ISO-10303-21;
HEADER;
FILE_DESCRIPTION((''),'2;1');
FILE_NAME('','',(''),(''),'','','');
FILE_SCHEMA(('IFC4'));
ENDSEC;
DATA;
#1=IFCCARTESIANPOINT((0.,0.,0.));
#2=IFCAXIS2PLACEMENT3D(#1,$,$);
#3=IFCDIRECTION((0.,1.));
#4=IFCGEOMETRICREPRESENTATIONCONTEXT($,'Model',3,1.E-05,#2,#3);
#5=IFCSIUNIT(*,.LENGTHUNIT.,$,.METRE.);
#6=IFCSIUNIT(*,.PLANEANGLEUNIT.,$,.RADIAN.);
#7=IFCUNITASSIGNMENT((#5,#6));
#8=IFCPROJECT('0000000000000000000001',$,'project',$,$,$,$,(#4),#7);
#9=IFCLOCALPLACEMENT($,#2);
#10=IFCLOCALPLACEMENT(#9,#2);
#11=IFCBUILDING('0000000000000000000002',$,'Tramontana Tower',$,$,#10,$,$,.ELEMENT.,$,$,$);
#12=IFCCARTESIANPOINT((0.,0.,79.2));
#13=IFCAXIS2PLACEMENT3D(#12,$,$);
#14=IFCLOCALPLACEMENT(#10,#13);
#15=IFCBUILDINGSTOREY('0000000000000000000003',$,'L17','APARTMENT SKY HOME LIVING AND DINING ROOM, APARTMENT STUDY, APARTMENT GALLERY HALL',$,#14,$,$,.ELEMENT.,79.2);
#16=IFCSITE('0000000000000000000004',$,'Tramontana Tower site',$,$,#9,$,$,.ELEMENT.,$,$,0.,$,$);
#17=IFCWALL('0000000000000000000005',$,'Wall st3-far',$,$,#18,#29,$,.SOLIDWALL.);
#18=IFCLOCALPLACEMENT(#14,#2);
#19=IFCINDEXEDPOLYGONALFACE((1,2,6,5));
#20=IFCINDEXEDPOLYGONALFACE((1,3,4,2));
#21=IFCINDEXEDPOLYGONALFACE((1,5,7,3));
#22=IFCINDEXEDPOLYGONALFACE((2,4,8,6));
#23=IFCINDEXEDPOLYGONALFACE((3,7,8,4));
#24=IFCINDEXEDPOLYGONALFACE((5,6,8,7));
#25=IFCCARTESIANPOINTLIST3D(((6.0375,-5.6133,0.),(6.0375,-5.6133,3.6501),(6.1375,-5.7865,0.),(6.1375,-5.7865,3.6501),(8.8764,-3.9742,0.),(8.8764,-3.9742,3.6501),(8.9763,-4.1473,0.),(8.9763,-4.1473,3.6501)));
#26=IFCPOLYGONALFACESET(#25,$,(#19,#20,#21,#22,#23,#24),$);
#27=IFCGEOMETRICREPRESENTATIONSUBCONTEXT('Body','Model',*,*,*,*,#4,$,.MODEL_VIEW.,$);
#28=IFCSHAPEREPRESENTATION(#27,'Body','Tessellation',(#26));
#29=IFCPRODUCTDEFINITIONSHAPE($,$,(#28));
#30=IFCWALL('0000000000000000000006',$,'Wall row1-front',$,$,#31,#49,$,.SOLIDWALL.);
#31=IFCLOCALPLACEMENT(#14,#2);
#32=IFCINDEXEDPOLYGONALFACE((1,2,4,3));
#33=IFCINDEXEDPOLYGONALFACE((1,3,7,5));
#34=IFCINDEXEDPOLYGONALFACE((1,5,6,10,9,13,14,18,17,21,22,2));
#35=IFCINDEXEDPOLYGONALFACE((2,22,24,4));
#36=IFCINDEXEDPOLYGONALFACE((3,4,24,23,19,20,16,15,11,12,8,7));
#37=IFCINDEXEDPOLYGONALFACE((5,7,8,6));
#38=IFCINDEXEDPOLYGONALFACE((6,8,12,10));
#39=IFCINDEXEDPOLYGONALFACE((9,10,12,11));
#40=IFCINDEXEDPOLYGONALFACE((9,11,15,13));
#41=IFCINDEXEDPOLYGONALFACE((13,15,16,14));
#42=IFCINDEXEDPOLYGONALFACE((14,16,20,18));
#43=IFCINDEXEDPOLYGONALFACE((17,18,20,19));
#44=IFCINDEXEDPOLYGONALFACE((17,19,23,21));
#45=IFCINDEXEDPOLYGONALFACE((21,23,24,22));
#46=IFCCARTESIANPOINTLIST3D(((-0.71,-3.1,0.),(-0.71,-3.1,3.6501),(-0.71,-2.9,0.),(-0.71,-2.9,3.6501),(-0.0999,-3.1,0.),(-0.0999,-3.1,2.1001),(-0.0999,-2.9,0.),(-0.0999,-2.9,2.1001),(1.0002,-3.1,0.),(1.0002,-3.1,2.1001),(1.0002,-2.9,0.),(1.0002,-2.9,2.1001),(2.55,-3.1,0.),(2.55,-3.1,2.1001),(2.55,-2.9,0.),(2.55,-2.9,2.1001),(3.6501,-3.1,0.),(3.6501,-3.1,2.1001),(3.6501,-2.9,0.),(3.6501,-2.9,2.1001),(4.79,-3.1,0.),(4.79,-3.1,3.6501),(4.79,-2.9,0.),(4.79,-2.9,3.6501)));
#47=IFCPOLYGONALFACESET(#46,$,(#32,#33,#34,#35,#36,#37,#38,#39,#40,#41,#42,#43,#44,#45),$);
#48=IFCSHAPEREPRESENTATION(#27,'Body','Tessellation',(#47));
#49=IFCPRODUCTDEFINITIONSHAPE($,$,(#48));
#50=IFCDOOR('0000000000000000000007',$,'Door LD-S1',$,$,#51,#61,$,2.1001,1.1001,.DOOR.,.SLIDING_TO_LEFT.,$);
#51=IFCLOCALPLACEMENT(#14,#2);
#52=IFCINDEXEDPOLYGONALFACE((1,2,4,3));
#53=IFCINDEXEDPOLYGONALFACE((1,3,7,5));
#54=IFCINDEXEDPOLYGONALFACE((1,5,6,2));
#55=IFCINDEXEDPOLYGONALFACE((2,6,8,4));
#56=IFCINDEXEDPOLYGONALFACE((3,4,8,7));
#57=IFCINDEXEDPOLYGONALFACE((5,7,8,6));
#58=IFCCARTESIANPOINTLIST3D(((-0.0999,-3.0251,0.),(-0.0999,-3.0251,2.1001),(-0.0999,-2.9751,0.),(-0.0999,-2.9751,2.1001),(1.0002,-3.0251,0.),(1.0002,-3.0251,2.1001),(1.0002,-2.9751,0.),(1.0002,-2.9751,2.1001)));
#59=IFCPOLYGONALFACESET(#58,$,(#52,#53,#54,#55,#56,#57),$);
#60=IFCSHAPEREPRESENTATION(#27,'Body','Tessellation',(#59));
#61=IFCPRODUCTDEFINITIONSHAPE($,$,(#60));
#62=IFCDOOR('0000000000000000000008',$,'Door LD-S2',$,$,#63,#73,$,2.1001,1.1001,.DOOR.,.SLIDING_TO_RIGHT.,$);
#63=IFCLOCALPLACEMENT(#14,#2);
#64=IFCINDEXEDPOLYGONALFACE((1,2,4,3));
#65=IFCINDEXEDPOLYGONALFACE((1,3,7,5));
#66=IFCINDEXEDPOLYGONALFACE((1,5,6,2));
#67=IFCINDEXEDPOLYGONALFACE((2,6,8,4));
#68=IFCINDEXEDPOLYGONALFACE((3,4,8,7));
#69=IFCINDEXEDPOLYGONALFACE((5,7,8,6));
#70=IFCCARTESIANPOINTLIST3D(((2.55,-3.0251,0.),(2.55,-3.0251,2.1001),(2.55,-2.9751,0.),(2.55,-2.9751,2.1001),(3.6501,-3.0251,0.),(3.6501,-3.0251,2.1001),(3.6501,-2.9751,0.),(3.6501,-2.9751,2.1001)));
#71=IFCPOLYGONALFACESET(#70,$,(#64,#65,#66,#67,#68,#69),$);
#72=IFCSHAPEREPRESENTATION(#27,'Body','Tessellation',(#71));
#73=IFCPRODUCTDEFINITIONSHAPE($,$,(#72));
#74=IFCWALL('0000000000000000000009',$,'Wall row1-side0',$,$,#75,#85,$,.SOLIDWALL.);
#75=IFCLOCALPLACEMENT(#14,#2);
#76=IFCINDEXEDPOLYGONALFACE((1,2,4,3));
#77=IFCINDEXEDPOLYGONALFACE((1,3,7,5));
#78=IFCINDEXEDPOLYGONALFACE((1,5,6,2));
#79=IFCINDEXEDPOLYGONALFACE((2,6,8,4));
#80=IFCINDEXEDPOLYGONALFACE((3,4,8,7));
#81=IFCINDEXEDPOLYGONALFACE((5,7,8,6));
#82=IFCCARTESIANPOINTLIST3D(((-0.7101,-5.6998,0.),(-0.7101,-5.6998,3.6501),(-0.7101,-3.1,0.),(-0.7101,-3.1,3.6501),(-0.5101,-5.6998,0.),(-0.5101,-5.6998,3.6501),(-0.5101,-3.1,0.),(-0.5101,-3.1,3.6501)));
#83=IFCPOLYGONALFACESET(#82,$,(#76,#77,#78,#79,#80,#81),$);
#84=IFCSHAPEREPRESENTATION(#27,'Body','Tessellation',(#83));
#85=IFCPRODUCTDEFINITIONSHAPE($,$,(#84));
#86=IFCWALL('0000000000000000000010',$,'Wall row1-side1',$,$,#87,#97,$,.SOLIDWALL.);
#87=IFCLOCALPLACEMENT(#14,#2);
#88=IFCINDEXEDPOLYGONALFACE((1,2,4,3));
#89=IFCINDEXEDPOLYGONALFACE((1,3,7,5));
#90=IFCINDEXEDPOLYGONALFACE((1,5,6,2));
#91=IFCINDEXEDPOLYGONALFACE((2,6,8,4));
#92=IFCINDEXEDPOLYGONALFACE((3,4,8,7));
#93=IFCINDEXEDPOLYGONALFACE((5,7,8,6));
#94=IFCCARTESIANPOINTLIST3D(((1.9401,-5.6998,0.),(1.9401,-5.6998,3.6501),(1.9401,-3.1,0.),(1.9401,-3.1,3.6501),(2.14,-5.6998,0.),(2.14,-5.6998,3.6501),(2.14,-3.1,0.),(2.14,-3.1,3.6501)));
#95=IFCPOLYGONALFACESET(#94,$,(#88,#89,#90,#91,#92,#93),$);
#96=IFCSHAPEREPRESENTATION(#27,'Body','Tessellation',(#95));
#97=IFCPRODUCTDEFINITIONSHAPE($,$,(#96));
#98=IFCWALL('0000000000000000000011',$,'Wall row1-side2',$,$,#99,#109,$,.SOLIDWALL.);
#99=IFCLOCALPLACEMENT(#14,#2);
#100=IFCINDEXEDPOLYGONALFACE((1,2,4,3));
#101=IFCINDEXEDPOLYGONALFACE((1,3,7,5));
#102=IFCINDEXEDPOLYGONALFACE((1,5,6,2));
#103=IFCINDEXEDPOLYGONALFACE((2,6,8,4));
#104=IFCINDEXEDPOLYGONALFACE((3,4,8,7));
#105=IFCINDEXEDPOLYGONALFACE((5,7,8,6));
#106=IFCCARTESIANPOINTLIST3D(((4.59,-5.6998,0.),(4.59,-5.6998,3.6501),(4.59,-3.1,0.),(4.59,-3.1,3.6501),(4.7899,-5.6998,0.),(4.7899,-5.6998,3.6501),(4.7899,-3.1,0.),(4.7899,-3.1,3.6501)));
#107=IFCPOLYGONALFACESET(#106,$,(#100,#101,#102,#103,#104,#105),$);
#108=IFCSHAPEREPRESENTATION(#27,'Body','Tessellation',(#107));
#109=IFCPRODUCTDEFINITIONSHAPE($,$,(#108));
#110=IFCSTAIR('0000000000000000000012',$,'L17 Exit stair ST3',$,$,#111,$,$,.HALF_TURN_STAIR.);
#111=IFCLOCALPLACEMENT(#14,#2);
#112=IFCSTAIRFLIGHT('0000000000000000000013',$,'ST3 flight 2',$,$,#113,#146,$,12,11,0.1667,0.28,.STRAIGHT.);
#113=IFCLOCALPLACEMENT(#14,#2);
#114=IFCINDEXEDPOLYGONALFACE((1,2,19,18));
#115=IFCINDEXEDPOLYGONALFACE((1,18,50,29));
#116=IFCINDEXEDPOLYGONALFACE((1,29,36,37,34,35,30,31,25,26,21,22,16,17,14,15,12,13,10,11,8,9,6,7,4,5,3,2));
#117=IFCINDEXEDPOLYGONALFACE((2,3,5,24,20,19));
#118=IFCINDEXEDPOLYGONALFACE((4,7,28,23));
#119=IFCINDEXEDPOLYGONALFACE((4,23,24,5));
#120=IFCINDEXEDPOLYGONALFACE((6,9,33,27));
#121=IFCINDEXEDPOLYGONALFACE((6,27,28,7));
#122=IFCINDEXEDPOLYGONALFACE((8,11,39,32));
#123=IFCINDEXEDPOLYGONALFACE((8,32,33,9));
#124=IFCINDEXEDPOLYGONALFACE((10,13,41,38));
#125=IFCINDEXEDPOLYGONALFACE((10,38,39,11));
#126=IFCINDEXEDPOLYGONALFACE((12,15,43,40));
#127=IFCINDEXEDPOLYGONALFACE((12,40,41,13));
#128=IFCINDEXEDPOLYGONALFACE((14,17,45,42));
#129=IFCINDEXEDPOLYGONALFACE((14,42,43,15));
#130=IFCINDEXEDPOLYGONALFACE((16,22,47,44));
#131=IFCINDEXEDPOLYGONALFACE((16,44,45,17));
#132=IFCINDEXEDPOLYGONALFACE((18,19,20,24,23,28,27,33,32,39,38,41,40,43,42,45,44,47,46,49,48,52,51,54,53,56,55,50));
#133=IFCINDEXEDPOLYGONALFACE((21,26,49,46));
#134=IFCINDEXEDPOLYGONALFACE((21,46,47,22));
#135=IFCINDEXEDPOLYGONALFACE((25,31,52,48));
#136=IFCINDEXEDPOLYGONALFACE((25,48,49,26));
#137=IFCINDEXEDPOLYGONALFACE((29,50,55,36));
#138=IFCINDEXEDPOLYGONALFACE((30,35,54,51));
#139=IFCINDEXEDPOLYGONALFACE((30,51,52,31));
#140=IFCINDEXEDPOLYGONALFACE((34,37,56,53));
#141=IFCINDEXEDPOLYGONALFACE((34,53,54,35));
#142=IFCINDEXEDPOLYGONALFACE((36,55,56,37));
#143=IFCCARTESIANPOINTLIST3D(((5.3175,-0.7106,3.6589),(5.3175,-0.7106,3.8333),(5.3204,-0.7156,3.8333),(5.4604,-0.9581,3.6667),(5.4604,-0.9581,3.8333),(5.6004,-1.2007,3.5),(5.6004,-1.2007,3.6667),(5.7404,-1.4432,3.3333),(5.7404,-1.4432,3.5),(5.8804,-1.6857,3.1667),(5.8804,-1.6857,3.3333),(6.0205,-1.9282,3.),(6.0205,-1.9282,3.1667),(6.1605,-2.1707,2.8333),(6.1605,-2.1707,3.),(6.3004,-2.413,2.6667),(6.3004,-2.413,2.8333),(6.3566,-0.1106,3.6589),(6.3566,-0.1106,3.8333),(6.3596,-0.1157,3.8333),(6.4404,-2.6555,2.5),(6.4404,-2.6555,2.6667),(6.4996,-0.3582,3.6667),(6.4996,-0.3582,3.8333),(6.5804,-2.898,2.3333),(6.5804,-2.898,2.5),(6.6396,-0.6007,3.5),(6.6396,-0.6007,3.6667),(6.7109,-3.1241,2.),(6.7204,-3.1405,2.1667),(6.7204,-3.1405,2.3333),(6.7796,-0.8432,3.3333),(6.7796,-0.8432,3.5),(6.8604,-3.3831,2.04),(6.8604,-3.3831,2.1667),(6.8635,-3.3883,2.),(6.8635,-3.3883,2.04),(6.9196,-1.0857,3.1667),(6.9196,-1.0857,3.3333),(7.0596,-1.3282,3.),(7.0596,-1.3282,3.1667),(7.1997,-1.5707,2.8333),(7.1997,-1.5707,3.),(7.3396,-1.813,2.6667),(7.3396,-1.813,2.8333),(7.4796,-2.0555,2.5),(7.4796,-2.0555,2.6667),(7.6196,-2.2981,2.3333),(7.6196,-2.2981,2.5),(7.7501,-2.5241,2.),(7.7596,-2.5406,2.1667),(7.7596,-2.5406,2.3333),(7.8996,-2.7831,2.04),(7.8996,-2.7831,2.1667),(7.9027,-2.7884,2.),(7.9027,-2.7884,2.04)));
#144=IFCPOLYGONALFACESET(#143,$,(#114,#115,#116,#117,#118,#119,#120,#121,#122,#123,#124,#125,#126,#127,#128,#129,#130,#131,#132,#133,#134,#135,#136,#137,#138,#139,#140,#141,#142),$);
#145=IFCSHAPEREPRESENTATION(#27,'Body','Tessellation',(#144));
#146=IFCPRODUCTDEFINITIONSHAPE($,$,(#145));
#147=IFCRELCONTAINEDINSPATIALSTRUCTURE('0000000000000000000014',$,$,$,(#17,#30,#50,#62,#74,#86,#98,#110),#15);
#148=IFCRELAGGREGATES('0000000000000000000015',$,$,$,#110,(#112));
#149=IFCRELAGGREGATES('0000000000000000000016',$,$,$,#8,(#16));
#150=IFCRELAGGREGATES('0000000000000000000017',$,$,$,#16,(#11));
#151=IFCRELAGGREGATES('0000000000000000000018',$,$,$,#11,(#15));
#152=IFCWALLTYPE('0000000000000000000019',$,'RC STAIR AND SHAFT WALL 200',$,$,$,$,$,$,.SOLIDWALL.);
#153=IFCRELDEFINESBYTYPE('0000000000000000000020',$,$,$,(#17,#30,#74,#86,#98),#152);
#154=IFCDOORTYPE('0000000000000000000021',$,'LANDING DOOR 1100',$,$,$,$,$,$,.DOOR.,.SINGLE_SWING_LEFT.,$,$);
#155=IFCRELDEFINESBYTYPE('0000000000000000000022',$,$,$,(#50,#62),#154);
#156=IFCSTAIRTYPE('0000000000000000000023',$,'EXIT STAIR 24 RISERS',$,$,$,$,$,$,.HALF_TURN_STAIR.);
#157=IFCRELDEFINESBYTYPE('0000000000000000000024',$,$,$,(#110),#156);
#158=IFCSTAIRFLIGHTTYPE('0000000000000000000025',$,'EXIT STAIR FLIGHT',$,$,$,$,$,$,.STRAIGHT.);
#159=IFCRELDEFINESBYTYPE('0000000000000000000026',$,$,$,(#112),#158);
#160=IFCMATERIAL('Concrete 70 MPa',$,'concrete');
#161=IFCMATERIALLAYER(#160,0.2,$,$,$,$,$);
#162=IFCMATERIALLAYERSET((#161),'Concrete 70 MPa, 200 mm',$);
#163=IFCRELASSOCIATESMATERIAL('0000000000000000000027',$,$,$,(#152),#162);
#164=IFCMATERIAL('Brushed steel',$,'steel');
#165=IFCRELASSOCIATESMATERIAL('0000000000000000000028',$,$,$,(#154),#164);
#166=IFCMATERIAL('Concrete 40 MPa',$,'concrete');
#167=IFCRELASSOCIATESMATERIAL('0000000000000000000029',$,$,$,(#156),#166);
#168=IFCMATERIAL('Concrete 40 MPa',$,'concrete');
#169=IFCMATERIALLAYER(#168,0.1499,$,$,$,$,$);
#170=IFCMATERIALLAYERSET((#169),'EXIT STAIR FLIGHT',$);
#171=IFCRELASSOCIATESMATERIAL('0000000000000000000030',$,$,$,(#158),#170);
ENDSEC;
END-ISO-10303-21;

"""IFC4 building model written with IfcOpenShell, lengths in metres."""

from ifc_helpers import new_model, si_unit, direction, frame, frame_2d, origin, place, context, subcontext, project, spatial, polyline, rectangle, outline, extrude, material, layer, layer_set, type_object, element, fill, aggregate, save


model = new_model("IFC4")

# Units and contexts
model_context = context("Model", 3, precision=1e-05, world=origin(), true_north=direction((0.0, 1.0)))
body_context = subcontext(model_context, "Body", "Model", "MODEL_VIEW")
ifc_project = project(units=[si_unit("LENGTHUNIT", "METRE"), si_unit("PLANEANGLEUNIT", "RADIAN")], contexts=[model_context])

# Site, building, storey
site_placement = place(None, origin())
site = spatial("IfcSite", under=ifc_project, at=site_placement, Name="Tramontana Tower site", CompositionType="ELEMENT", RefElevation=0.0)
building_placement = place(site_placement, origin())
building = spatial("IfcBuilding", under=site, at=building_placement, Name="Tramontana Tower", CompositionType="ELEMENT")
storey_placement = place(building_placement, frame((0.0, 0.0, 79.2)))
storey = spatial("IfcBuildingStorey", under=building, at=storey_placement, Name="L17", Description="APARTMENT SKY HOME LIVING AND DINING ROOM, APARTMENT STUDY, APARTMENT GALLERY HALL", CompositionType="ELEMENT", Elevation=79.2)

# Wall
ifc_material_1 = material(Name="Concrete 70 MPa", Category="concrete")
ifc_layer_1 = layer(ifc_material_1, 0.2)
ifc_layer_set_1 = layer_set([ifc_layer_1], Name="Concrete 70 MPa, 200 mm")
wall_type_1 = type_object("IfcWallType", Name="RC STAIR AND SHAFT WALL 200", PredefinedType="SOLIDWALL", material=ifc_layer_set_1)
wall_1_placement = place(storey_placement, frame((6.0874, -5.7, 0.0), z_axis=(0.0, 0.0, 1.0), x_axis=(0.866007, 0.500032, 0.0)))
element("IfcWall", 1, at=wall_1_placement, inside=storey, type_object=wall_type_1, Name="Wall st3-far", PredefinedType="SOLIDWALL", context=body_context, shape_type="SweptSolid", body=[
    extrude(rectangle(XDim=3.2781, YDim=0.2, at=frame_2d((1.6392, 0.0))), origin(), (0.0, 0.0, 1.0), 3.6501),
])

# Wall, openings, doors
wall_2_placement = place(storey_placement, frame((-0.71, -3.0, 0.0), z_axis=(0.0, 0.0, 1.0), x_axis=(1.0, 0.0, 0.0)))
wall_2 = element("IfcWall", 2, at=wall_2_placement, inside=storey, type_object=wall_type_1, Name="Wall row1-front", PredefinedType="SOLIDWALL", context=body_context, shape_type="SweptSolid", body=[
    extrude(rectangle(XDim=5.5, YDim=0.2, at=frame_2d((2.75, 0.0))), origin(), (0.0, 0.0, 1.0), 3.6501),
])
opening_1_placement = place(wall_2_placement, frame((0.6101, 0.0, 0.0)))
opening_1 = element("IfcOpeningElement", 3, at=opening_1_placement, cuts=wall_2, PredefinedType="OPENING", context=body_context, shape_type="SweptSolid", body=[
    extrude(rectangle(XDim=1.1001, YDim=2.1001, at=frame_2d((0.55, 1.05))), frame((0.0, 0.1099, 0.0), z_axis=(0.0, -1.0, 0.0), x_axis=(1.0, 0.0, 0.0)), (0.0, 0.0, 1.0), 0.22),
])
opening_2_placement = place(wall_2_placement, frame((3.26, 0.0, 0.0)))
opening_2 = element("IfcOpeningElement", 4, at=opening_2_placement, cuts=wall_2, PredefinedType="OPENING", context=body_context, shape_type="SweptSolid", body=[
    extrude(rectangle(XDim=1.1001, YDim=2.1001, at=frame_2d((0.55, 1.05))), frame((0.0, 0.1099, 0.0), z_axis=(0.0, -1.0, 0.0), x_axis=(1.0, 0.0, 0.0)), (0.0, 0.0, 1.0), 0.22),
])
ifc_material_2 = material(Name="Brushed steel", Category="steel")
door_type_1 = type_object("IfcDoorType", Name="LANDING DOOR 1100", OperationType="SINGLE_SWING_LEFT", PredefinedType="DOOR", material=ifc_material_2)
door_1_placement = place(opening_1_placement, origin())
door_1 = element("IfcDoor", 5, at=door_1_placement, inside=storey, type_object=door_type_1, Name="Door LD-S1", OperationType="SLIDING_TO_LEFT", OverallHeight=2.1001, OverallWidth=1.1001, PredefinedType="DOOR", context=body_context, shape_type="SweptSolid", body=[
    extrude(rectangle(XDim=1.1001, YDim=2.1001, at=frame_2d((0.55, 1.05))), frame((0.0, 0.0249, 0.0), z_axis=(0.0, -1.0, 0.0), x_axis=(1.0, 0.0, 0.0)), (0.0, 0.0, 1.0), 0.05),
])
fill(opening_1, door_1)
door_2_placement = place(opening_2_placement, origin())
door_2 = element("IfcDoor", 6, at=door_2_placement, inside=storey, type_object=door_type_1, Name="Door LD-S2", OperationType="SLIDING_TO_RIGHT", OverallHeight=2.1001, OverallWidth=1.1001, PredefinedType="DOOR", context=body_context, shape_type="SweptSolid", body=[
    extrude(rectangle(XDim=1.1001, YDim=2.1001, at=frame_2d((0.55, 1.05))), frame((0.0, 0.0249, 0.0), z_axis=(0.0, -1.0, 0.0), x_axis=(1.0, 0.0, 0.0)), (0.0, 0.0, 1.0), 0.05),
])
fill(opening_2, door_2)

# Walls
for number, where, z_axis, x_axis, name in (
    (7, (-0.6101, -3.1001, 0.0), (0.0, 0.0, 1.0), (0.0, -1.0, 0.0), "Wall row1-side0"),
    (8, (2.04, -3.1001, 0.0), (0.0, 0.0, 1.0), (0.0, -1.0, 0.0), "Wall row1-side1"),
    (9, (4.6899, -3.1001, 0.0), (0.0, 0.0, 1.0), (0.0, -1.0, 0.0), "Wall row1-side2"),
):
    element("IfcWall", number, at=place(storey_placement, frame(where, z_axis=z_axis, x_axis=x_axis)), inside=storey, type_object=wall_type_1, Name=name, PredefinedType="SOLIDWALL", context=body_context, shape_type="SweptSolid", body=[
        extrude(rectangle(XDim=2.5999, YDim=0.2, at=frame_2d((1.2998, 0.0))), origin(), (0.0, 0.0, 1.0), 3.6501),
    ])

# Stair, stair flight
ifc_material_3 = material(Name="Concrete 40 MPa", Category="concrete")
stair_type = type_object("IfcStairType", Name="EXIT STAIR 24 RISERS", PredefinedType="HALF_TURN_STAIR", material=ifc_material_3)
stair_placement = place(storey_placement, origin())
stair = element("IfcStair", 10, at=stair_placement, inside=storey, type_object=stair_type, Name="L17 Exit stair ST3", PredefinedType="HALF_TURN_STAIR")
ifc_material_4 = material(Name="Concrete 40 MPa", Category="concrete")
ifc_layer_2 = layer(ifc_material_4, 0.1499)
ifc_layer_set_2 = layer_set([ifc_layer_2], Name="EXIT STAIR FLIGHT")
stair_flight_type = type_object("IfcStairFlightType", Name="EXIT STAIR FLIGHT", PredefinedType="STRAIGHT", material=ifc_layer_set_2)
stair_flight_placement = place(storey_placement, frame((7.3801, -3.083, 2.0), z_axis=(0.0, 0.0, 1.0), x_axis=(-0.5, 0.866025, 0.0)))
stair_flight = element("IfcStairFlight", 11, at=stair_flight_placement, type_object=stair_flight_type, Name="ST3 flight 2", NumberOfRisers=12, NumberOfTreads=11, PredefinedType="STRAIGHT", RiserHeight=0.1667, TreadLength=0.28, context=body_context, shape_type="SweptSolid", body=[
    extrude(outline(polyline([(-0.0061, 0.0), (-0.0061, 0.04), (0.0, 0.04), (0.0, 0.1667), (0.28, 0.1667), (0.28, 0.3333), (0.5601, 0.3333), (0.5601, 0.5), (0.8401, 0.5), (0.8401, 0.6667), (1.1201, 0.6667), (1.1201, 0.8333), (1.3999, 0.8333), (1.3999, 1.0), (1.6799, 1.0), (1.6799, 1.1667), (1.96, 1.1667), (1.96, 1.3333), (2.24, 1.3333), (2.24, 1.5), (2.52, 1.5), (2.52, 1.6667), (2.8, 1.6667), (2.8, 1.8333), (3.0801, 1.8333), (3.0859, 1.8333), (3.0859, 1.6589), (0.2991, 0.0), (-0.0061, 0.0)])), frame((0.0, 0.6001, 0.0), z_axis=(0.0, -1.0, 0.0), x_axis=(1.0, 0.0, 0.0)), (0.0, 0.0, 1.0), 1.2),
])
aggregate(stair, [stair_flight])

save(model, "model.ifc")
